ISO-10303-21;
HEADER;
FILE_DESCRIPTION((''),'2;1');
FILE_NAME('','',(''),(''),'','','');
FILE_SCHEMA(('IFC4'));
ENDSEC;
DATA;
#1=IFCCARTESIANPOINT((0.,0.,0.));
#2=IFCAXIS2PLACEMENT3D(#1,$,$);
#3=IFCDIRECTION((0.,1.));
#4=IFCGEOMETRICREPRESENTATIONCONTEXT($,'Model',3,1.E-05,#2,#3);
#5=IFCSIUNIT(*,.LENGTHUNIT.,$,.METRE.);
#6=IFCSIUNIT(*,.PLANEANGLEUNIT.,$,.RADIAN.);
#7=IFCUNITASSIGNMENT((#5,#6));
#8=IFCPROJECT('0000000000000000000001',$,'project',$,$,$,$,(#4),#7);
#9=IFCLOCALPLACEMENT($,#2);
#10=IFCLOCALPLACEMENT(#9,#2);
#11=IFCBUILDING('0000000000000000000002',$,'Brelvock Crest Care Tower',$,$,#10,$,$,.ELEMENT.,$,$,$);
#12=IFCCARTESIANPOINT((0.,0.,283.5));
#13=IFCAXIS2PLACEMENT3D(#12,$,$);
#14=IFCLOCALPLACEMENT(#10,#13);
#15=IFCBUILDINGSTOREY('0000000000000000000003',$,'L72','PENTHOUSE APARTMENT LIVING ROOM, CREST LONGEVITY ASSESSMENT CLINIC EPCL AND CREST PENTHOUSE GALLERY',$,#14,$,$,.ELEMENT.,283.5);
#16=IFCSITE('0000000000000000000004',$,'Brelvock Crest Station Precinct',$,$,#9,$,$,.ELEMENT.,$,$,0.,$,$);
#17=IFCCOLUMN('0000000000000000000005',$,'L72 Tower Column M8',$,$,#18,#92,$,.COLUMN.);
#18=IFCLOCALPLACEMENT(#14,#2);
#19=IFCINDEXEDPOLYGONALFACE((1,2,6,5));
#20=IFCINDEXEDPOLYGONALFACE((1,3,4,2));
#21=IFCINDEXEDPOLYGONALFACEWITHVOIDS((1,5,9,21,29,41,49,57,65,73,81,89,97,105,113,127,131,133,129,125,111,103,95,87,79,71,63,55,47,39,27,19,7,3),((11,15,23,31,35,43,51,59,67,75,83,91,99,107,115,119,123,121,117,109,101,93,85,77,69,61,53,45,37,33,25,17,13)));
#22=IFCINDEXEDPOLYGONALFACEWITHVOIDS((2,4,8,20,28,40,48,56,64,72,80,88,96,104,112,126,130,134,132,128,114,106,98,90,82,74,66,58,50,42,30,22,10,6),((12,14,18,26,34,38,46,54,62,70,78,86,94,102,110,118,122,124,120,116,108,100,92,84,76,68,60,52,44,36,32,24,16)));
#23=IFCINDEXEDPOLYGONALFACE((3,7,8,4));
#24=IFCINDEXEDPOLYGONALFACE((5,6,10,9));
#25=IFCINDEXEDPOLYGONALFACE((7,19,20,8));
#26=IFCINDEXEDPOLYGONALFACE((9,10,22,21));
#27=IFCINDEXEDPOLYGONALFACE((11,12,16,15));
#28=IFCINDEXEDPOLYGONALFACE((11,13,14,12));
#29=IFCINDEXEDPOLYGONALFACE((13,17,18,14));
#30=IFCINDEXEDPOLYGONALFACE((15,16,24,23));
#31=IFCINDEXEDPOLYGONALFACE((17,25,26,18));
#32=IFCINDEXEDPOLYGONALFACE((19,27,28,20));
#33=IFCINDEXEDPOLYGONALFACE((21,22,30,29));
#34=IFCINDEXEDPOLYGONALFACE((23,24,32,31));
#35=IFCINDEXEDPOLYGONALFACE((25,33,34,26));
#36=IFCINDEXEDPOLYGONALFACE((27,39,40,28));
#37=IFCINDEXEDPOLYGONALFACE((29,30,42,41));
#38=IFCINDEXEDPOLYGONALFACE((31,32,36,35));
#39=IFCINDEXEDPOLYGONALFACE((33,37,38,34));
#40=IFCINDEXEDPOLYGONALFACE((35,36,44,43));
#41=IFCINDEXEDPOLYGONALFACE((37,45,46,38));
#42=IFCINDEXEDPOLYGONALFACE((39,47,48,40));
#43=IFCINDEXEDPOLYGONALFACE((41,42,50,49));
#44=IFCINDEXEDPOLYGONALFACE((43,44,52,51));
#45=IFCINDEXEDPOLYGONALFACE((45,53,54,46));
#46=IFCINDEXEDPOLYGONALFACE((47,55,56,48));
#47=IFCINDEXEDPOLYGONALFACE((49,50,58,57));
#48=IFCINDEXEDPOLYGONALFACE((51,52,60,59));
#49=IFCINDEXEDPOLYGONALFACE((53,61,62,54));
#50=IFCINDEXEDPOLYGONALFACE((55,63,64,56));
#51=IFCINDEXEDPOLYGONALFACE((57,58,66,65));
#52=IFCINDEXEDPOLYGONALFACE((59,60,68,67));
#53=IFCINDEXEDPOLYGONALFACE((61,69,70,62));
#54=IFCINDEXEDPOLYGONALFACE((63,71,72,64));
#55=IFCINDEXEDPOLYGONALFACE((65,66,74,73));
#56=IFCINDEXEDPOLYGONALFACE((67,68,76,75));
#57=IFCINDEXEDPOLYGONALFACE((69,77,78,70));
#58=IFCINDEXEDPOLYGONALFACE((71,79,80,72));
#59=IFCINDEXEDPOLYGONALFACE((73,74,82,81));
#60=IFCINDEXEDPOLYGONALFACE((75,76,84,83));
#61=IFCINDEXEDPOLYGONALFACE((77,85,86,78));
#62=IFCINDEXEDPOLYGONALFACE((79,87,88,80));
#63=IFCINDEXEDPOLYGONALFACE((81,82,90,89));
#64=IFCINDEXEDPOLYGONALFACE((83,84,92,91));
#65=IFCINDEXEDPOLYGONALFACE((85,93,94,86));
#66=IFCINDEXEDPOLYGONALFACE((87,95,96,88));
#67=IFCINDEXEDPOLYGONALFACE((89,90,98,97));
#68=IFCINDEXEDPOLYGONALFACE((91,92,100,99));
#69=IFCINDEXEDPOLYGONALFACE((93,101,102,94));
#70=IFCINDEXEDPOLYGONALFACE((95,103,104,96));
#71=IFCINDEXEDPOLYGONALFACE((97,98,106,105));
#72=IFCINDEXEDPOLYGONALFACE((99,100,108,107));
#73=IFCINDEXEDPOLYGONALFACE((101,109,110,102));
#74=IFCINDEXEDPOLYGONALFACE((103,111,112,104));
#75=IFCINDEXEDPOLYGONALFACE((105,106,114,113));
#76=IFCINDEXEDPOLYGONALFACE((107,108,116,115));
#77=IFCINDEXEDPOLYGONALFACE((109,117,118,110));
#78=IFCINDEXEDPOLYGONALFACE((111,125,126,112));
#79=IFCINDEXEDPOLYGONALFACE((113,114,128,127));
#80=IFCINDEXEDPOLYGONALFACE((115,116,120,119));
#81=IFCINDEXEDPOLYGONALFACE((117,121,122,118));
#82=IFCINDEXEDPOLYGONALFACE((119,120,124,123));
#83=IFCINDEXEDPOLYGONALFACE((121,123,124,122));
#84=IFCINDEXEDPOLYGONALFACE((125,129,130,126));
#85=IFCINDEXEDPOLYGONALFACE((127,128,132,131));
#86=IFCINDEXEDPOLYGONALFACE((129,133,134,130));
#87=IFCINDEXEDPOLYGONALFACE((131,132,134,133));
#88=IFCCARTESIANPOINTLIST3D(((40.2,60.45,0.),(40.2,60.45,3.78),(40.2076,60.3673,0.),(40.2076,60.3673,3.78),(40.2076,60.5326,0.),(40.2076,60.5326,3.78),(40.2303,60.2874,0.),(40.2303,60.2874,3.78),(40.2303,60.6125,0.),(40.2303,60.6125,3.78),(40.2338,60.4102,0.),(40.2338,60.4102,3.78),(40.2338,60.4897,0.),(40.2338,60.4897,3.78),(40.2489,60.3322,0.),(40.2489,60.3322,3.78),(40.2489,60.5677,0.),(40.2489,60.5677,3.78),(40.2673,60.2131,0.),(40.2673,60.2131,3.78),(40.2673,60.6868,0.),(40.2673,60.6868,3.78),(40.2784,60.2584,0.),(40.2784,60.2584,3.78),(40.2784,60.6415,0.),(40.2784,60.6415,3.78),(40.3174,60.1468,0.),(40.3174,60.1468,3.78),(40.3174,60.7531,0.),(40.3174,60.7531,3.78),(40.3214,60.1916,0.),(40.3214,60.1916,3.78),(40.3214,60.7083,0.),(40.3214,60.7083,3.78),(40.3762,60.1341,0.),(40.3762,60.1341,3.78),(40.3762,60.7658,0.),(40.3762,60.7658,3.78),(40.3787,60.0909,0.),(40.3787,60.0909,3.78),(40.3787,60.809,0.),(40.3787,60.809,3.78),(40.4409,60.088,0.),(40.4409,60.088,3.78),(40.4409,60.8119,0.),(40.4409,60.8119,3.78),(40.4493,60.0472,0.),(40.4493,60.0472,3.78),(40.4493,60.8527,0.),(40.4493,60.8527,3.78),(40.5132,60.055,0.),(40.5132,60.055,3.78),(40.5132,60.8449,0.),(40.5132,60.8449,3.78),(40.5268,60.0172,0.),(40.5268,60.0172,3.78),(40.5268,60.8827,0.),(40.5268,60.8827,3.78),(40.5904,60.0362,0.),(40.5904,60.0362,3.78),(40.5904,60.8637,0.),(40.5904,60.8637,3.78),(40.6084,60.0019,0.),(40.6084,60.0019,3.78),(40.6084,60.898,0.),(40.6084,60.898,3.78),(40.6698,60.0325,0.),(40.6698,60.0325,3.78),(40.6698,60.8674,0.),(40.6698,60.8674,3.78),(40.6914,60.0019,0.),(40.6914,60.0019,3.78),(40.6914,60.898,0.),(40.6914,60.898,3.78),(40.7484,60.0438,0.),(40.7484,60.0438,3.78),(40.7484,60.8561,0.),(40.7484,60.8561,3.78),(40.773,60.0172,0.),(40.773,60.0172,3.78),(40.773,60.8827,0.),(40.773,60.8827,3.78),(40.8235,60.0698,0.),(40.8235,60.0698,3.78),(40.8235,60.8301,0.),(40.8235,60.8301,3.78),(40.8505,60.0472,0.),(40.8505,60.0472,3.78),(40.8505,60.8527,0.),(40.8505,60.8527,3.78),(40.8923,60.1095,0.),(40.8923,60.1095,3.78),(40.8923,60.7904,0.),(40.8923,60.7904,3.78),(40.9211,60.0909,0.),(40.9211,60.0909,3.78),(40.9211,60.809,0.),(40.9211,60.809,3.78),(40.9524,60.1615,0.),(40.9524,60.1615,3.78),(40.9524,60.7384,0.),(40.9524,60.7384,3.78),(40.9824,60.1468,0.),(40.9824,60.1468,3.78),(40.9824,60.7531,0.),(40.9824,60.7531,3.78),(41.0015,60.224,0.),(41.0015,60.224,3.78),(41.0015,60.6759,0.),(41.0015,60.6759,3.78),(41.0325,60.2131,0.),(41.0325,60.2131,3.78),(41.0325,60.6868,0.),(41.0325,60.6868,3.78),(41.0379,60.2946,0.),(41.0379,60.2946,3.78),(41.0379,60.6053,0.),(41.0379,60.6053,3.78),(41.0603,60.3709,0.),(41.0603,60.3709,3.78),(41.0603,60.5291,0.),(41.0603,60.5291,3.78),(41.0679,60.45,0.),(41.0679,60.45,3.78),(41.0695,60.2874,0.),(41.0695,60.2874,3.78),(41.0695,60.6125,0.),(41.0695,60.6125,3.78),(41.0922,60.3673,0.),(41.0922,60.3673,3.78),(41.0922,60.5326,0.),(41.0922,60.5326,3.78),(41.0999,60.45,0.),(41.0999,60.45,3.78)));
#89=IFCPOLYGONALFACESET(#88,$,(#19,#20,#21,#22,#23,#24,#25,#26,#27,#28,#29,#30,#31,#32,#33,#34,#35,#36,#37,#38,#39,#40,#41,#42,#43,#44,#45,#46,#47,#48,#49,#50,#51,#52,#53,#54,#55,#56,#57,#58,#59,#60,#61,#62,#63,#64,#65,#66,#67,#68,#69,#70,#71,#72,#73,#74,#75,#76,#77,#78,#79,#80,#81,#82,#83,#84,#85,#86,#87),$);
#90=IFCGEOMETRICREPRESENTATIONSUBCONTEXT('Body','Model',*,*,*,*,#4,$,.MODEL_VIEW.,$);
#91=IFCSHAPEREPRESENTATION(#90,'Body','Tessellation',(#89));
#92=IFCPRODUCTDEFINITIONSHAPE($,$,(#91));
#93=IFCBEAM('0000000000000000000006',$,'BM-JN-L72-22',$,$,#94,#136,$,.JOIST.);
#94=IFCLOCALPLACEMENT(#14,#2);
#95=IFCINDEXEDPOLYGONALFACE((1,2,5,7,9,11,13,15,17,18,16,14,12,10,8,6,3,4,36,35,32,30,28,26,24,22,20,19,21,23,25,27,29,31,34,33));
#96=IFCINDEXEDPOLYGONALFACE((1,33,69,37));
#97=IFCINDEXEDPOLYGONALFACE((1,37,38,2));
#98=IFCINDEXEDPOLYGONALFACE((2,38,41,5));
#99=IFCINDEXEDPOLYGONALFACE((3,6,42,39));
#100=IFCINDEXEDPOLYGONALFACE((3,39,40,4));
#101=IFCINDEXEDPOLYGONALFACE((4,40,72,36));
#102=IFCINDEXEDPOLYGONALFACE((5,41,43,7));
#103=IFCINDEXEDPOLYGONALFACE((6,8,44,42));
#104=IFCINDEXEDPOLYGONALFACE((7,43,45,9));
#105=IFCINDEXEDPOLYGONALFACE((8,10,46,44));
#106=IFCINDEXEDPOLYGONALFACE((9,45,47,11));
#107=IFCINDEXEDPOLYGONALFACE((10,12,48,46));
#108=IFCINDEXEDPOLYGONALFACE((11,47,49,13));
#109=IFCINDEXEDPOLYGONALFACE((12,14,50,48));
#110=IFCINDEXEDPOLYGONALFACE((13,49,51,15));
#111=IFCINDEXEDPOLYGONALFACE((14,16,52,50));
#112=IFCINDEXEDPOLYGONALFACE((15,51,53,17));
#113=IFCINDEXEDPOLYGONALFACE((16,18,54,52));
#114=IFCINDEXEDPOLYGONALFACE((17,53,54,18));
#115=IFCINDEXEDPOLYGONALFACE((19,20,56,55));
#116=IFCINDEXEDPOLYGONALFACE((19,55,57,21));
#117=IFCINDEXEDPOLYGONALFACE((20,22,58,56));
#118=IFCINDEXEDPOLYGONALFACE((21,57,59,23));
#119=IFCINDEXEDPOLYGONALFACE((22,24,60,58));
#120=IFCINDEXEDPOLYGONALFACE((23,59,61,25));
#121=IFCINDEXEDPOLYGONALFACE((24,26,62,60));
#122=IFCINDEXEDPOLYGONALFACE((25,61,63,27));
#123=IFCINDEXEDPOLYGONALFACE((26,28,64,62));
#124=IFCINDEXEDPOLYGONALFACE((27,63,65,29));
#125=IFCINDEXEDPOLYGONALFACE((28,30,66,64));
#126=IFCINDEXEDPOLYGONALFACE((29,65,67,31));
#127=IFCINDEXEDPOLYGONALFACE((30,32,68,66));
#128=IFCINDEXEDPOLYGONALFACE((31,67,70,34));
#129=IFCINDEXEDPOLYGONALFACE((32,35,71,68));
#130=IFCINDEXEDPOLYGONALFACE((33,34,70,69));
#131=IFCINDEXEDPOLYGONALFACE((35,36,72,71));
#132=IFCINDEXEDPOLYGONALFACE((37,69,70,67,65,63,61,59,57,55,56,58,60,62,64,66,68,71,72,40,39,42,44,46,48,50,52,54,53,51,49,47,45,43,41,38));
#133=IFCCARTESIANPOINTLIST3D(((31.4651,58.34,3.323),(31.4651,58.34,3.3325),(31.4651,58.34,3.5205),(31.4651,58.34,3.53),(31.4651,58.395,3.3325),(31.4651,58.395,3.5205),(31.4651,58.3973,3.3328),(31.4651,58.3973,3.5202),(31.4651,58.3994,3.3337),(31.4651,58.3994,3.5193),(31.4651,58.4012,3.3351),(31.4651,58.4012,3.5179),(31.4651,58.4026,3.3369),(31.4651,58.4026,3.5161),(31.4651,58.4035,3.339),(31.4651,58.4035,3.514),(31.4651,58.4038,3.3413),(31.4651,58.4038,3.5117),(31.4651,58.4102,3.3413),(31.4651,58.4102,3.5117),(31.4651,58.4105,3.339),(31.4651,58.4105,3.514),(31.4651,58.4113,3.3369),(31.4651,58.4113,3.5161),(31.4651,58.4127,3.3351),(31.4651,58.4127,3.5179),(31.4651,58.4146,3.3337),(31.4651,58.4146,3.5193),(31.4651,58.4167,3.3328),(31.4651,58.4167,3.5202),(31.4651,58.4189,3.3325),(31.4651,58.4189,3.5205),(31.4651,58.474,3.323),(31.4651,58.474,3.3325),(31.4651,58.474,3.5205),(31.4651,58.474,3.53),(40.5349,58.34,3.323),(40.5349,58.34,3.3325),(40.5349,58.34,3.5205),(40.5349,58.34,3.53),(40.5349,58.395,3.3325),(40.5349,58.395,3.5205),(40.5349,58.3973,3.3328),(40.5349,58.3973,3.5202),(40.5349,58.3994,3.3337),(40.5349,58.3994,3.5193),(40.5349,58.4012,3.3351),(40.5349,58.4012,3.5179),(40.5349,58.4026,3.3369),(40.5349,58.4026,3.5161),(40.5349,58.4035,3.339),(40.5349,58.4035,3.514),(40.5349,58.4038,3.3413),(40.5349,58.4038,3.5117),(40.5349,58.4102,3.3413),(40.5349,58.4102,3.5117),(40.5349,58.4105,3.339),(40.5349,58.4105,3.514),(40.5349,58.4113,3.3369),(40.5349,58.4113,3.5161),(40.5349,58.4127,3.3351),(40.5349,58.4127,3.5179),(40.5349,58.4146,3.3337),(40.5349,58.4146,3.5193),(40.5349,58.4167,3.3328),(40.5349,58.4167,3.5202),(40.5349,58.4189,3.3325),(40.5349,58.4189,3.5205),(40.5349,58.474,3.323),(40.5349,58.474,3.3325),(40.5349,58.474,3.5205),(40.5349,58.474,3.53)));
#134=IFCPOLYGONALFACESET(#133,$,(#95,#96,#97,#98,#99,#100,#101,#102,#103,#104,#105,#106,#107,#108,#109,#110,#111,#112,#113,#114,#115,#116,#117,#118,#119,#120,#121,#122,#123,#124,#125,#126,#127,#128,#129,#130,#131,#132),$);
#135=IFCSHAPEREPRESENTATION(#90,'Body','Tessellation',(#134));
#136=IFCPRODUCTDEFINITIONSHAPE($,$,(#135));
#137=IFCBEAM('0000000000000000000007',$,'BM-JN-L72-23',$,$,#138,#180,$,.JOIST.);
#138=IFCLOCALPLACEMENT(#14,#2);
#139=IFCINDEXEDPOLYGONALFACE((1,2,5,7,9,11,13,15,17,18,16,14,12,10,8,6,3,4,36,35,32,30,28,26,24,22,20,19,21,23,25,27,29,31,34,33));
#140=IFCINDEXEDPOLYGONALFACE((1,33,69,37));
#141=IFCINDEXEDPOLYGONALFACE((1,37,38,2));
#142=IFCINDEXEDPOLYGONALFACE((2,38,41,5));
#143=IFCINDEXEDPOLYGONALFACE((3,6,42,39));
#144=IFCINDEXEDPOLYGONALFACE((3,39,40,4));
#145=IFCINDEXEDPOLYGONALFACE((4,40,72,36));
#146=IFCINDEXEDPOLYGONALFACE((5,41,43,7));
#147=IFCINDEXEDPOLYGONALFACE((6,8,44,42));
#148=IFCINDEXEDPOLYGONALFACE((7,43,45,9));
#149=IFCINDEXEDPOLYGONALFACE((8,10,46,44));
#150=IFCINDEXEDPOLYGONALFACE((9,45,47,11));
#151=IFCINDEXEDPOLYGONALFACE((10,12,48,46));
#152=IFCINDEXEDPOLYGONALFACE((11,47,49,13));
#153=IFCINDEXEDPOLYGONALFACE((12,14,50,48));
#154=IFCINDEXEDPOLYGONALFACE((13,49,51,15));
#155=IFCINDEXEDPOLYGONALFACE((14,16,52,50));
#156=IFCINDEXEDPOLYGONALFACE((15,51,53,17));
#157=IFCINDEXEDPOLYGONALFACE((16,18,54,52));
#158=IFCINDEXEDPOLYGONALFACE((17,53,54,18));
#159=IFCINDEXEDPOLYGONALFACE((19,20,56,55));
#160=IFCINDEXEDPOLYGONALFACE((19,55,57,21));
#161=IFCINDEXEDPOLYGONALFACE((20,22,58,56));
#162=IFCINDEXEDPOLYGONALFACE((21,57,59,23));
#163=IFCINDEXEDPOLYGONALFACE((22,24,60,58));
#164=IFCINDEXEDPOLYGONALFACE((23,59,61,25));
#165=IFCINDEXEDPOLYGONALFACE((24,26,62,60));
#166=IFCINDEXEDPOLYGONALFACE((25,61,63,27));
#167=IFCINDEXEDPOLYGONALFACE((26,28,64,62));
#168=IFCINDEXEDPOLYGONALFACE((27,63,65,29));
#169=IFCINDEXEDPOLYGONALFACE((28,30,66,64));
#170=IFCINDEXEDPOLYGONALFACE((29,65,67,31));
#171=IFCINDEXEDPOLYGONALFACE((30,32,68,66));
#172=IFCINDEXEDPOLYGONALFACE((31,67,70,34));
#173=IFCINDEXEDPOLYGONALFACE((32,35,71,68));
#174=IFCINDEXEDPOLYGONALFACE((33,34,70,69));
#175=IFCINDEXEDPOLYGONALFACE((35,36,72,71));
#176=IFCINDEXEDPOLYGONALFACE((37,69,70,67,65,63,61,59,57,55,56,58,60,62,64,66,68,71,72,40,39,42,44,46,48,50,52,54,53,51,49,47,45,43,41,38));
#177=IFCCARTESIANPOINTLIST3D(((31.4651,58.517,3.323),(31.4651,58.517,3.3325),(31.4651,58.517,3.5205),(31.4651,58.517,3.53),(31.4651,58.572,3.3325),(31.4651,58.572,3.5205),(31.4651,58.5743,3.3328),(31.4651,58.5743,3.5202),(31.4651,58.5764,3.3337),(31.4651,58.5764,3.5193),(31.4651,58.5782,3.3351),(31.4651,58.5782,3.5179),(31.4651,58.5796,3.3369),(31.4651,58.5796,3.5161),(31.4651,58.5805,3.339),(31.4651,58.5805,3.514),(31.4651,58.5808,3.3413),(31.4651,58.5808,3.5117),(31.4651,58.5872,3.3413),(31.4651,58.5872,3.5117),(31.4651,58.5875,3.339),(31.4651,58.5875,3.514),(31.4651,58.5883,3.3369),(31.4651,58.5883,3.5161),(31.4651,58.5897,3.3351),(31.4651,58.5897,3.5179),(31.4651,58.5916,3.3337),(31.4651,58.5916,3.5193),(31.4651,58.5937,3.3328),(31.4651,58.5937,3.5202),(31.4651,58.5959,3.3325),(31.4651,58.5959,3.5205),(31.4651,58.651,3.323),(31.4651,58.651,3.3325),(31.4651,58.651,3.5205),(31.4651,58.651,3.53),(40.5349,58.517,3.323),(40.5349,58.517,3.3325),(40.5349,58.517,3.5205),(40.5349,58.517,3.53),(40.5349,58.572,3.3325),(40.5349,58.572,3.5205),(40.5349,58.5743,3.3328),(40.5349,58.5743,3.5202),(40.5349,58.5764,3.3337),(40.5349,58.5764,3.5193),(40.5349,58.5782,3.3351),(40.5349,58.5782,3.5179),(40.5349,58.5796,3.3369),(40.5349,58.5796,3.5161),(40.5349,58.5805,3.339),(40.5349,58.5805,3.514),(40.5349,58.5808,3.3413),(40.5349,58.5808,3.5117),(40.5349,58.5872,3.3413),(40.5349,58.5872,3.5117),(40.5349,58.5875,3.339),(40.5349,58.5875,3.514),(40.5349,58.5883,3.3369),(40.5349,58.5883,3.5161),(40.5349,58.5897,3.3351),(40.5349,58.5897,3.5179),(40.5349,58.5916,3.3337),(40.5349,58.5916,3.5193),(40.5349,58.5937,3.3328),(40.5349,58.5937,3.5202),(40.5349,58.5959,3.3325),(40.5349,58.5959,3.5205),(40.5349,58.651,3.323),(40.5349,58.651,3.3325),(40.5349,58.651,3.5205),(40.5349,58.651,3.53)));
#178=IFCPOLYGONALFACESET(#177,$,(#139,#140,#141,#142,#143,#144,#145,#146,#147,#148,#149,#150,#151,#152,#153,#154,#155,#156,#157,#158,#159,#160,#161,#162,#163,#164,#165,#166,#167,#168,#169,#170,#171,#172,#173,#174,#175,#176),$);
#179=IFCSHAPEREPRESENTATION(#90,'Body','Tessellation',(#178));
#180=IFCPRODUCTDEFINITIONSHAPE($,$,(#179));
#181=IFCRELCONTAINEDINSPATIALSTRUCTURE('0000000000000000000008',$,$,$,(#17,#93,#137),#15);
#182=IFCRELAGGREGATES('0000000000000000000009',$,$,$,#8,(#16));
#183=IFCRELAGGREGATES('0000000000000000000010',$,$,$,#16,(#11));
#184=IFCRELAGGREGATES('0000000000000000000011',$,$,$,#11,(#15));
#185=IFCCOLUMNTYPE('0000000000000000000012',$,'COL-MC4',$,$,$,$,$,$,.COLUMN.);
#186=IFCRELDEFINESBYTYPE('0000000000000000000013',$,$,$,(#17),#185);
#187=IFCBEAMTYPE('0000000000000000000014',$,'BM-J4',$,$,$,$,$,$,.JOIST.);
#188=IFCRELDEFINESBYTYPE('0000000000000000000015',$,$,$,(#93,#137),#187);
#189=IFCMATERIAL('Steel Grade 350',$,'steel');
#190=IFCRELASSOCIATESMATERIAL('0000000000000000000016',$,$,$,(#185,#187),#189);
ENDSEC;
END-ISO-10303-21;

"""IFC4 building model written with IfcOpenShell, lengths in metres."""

from ifc_helpers import new_model, si_unit, direction, frame, origin, origin_2d, place, context, subcontext, project, spatial, hollow_circle, i_section, extrude, source, transform, mapped, material, material_profile, profile_set, type_object, element, save


model = new_model("IFC4")

# Units and contexts
model_context = context("Model", 3, precision=1e-05, world=origin(), true_north=direction((0.0, 1.0)))
body_context = subcontext(model_context, "Body", "Model", "MODEL_VIEW")
ifc_project = project(units=[si_unit("LENGTHUNIT", "METRE"), si_unit("PLANEANGLEUNIT", "RADIAN")], contexts=[model_context])

# Site, building, storey
site_placement = place(None, origin())
site = spatial("IfcSite", under=ifc_project, at=site_placement, Name="Brelvock Crest Station Precinct", CompositionType="ELEMENT", RefElevation=0.0)
building_placement = place(site_placement, origin())
building = spatial("IfcBuilding", under=site, at=building_placement, Name="Brelvock Crest Care Tower", CompositionType="ELEMENT")
storey_placement = place(building_placement, frame((0.0, 0.0, 283.5)))
storey = spatial("IfcBuildingStorey", under=building, at=storey_placement, Name="L72", Description="PENTHOUSE APARTMENT LIVING ROOM, CREST LONGEVITY ASSESSMENT CLINIC EPCL AND CREST PENTHOUSE GALLERY", CompositionType="ELEMENT", Elevation=283.5)

# Column
ifc_material_1 = material(Name="Steel Grade 350", Category="steel")
ifc_material_profile_1 = material_profile(ifc_material_1, hollow_circle(Radius=0.45, WallThickness=0.032, at=origin_2d()), Name="CFT900x32")
ifc_profile_set_1 = profile_set([ifc_material_profile_1], Name="Steel Grade 350")
column_type = type_object("IfcColumnType", Name="COL-MC4", PredefinedType="COLUMN", material=ifc_profile_set_1)
shared_shape_1 = source(origin(), body_context, "Body", "SweptSolid", [
    extrude(hollow_circle(Radius=0.45, WallThickness=0.032, at=origin_2d()), origin(), (0.0, 0.0, 1.0), 3.78),
])
column_placement = place(storey_placement, frame((40.6499, 60.45, 0.0), z_axis=(0.0, 0.0, 1.0), x_axis=(1.0, 0.0, 0.0)))
element("IfcColumn", 1, at=column_placement, inside=storey, type_object=column_type, Name="L72 Tower Column M8", PredefinedType="COLUMN", context=body_context, shape_type="MappedRepresentation", body=[
    mapped(shared_shape_1, transform((0.0, 0.0, 0.0), x_axis=(1.0, 0.0, 0.0), y_axis=(0.0, 1.0, 0.0), z_axis=(0.0, 0.0, 1.0), scale=1.0)),
])

# Beams
ifc_material_profile_2 = material_profile(ifc_material_1, i_section(OverallWidth=0.134, OverallDepth=0.207, WebThickness=0.0063, FlangeThickness=0.0095, FilletRadius=0.0088, at=origin_2d()), Name="200UB29.8")
ifc_profile_set_2 = profile_set([ifc_material_profile_2], Name="Steel Grade 350")
beam_type_1 = type_object("IfcBeamType", Name="BM-J4", PredefinedType="JOIST", material=ifc_profile_set_2)
shared_shape_2 = source(origin(), body_context, "Body", "SweptSolid", [
    extrude(i_section(OverallWidth=0.134, OverallDepth=0.207, WebThickness=0.0063, FlangeThickness=0.0095, FilletRadius=0.0088, at=origin_2d()), origin(), (0.0, 0.0, 1.0), 9.0698),
])
for number, where, z_axis, x_axis, name in (
    (2, (31.4651, 58.407, 3.4265), (1.0, 0.0, 0.0), (0.0, 1.0, 0.0), "BM-JN-L72-22"),
    (3, (31.4651, 58.584, 3.4265), (1.0, 0.0, 0.0), (0.0, 1.0, 0.0), "BM-JN-L72-23"),
):
    element("IfcBeam", number, at=place(storey_placement, frame(where, z_axis=z_axis, x_axis=x_axis)), inside=storey, type_object=beam_type_1, Name=name, PredefinedType="JOIST", context=body_context, shape_type="MappedRepresentation", body=[
        mapped(shared_shape_2, transform((0.0, 0.0, 0.0), x_axis=(1.0, 0.0, 0.0), y_axis=(0.0, 1.0, 0.0), z_axis=(0.0, 0.0, 1.0), scale=1.0)),
    ])

save(model, "model.ifc")
